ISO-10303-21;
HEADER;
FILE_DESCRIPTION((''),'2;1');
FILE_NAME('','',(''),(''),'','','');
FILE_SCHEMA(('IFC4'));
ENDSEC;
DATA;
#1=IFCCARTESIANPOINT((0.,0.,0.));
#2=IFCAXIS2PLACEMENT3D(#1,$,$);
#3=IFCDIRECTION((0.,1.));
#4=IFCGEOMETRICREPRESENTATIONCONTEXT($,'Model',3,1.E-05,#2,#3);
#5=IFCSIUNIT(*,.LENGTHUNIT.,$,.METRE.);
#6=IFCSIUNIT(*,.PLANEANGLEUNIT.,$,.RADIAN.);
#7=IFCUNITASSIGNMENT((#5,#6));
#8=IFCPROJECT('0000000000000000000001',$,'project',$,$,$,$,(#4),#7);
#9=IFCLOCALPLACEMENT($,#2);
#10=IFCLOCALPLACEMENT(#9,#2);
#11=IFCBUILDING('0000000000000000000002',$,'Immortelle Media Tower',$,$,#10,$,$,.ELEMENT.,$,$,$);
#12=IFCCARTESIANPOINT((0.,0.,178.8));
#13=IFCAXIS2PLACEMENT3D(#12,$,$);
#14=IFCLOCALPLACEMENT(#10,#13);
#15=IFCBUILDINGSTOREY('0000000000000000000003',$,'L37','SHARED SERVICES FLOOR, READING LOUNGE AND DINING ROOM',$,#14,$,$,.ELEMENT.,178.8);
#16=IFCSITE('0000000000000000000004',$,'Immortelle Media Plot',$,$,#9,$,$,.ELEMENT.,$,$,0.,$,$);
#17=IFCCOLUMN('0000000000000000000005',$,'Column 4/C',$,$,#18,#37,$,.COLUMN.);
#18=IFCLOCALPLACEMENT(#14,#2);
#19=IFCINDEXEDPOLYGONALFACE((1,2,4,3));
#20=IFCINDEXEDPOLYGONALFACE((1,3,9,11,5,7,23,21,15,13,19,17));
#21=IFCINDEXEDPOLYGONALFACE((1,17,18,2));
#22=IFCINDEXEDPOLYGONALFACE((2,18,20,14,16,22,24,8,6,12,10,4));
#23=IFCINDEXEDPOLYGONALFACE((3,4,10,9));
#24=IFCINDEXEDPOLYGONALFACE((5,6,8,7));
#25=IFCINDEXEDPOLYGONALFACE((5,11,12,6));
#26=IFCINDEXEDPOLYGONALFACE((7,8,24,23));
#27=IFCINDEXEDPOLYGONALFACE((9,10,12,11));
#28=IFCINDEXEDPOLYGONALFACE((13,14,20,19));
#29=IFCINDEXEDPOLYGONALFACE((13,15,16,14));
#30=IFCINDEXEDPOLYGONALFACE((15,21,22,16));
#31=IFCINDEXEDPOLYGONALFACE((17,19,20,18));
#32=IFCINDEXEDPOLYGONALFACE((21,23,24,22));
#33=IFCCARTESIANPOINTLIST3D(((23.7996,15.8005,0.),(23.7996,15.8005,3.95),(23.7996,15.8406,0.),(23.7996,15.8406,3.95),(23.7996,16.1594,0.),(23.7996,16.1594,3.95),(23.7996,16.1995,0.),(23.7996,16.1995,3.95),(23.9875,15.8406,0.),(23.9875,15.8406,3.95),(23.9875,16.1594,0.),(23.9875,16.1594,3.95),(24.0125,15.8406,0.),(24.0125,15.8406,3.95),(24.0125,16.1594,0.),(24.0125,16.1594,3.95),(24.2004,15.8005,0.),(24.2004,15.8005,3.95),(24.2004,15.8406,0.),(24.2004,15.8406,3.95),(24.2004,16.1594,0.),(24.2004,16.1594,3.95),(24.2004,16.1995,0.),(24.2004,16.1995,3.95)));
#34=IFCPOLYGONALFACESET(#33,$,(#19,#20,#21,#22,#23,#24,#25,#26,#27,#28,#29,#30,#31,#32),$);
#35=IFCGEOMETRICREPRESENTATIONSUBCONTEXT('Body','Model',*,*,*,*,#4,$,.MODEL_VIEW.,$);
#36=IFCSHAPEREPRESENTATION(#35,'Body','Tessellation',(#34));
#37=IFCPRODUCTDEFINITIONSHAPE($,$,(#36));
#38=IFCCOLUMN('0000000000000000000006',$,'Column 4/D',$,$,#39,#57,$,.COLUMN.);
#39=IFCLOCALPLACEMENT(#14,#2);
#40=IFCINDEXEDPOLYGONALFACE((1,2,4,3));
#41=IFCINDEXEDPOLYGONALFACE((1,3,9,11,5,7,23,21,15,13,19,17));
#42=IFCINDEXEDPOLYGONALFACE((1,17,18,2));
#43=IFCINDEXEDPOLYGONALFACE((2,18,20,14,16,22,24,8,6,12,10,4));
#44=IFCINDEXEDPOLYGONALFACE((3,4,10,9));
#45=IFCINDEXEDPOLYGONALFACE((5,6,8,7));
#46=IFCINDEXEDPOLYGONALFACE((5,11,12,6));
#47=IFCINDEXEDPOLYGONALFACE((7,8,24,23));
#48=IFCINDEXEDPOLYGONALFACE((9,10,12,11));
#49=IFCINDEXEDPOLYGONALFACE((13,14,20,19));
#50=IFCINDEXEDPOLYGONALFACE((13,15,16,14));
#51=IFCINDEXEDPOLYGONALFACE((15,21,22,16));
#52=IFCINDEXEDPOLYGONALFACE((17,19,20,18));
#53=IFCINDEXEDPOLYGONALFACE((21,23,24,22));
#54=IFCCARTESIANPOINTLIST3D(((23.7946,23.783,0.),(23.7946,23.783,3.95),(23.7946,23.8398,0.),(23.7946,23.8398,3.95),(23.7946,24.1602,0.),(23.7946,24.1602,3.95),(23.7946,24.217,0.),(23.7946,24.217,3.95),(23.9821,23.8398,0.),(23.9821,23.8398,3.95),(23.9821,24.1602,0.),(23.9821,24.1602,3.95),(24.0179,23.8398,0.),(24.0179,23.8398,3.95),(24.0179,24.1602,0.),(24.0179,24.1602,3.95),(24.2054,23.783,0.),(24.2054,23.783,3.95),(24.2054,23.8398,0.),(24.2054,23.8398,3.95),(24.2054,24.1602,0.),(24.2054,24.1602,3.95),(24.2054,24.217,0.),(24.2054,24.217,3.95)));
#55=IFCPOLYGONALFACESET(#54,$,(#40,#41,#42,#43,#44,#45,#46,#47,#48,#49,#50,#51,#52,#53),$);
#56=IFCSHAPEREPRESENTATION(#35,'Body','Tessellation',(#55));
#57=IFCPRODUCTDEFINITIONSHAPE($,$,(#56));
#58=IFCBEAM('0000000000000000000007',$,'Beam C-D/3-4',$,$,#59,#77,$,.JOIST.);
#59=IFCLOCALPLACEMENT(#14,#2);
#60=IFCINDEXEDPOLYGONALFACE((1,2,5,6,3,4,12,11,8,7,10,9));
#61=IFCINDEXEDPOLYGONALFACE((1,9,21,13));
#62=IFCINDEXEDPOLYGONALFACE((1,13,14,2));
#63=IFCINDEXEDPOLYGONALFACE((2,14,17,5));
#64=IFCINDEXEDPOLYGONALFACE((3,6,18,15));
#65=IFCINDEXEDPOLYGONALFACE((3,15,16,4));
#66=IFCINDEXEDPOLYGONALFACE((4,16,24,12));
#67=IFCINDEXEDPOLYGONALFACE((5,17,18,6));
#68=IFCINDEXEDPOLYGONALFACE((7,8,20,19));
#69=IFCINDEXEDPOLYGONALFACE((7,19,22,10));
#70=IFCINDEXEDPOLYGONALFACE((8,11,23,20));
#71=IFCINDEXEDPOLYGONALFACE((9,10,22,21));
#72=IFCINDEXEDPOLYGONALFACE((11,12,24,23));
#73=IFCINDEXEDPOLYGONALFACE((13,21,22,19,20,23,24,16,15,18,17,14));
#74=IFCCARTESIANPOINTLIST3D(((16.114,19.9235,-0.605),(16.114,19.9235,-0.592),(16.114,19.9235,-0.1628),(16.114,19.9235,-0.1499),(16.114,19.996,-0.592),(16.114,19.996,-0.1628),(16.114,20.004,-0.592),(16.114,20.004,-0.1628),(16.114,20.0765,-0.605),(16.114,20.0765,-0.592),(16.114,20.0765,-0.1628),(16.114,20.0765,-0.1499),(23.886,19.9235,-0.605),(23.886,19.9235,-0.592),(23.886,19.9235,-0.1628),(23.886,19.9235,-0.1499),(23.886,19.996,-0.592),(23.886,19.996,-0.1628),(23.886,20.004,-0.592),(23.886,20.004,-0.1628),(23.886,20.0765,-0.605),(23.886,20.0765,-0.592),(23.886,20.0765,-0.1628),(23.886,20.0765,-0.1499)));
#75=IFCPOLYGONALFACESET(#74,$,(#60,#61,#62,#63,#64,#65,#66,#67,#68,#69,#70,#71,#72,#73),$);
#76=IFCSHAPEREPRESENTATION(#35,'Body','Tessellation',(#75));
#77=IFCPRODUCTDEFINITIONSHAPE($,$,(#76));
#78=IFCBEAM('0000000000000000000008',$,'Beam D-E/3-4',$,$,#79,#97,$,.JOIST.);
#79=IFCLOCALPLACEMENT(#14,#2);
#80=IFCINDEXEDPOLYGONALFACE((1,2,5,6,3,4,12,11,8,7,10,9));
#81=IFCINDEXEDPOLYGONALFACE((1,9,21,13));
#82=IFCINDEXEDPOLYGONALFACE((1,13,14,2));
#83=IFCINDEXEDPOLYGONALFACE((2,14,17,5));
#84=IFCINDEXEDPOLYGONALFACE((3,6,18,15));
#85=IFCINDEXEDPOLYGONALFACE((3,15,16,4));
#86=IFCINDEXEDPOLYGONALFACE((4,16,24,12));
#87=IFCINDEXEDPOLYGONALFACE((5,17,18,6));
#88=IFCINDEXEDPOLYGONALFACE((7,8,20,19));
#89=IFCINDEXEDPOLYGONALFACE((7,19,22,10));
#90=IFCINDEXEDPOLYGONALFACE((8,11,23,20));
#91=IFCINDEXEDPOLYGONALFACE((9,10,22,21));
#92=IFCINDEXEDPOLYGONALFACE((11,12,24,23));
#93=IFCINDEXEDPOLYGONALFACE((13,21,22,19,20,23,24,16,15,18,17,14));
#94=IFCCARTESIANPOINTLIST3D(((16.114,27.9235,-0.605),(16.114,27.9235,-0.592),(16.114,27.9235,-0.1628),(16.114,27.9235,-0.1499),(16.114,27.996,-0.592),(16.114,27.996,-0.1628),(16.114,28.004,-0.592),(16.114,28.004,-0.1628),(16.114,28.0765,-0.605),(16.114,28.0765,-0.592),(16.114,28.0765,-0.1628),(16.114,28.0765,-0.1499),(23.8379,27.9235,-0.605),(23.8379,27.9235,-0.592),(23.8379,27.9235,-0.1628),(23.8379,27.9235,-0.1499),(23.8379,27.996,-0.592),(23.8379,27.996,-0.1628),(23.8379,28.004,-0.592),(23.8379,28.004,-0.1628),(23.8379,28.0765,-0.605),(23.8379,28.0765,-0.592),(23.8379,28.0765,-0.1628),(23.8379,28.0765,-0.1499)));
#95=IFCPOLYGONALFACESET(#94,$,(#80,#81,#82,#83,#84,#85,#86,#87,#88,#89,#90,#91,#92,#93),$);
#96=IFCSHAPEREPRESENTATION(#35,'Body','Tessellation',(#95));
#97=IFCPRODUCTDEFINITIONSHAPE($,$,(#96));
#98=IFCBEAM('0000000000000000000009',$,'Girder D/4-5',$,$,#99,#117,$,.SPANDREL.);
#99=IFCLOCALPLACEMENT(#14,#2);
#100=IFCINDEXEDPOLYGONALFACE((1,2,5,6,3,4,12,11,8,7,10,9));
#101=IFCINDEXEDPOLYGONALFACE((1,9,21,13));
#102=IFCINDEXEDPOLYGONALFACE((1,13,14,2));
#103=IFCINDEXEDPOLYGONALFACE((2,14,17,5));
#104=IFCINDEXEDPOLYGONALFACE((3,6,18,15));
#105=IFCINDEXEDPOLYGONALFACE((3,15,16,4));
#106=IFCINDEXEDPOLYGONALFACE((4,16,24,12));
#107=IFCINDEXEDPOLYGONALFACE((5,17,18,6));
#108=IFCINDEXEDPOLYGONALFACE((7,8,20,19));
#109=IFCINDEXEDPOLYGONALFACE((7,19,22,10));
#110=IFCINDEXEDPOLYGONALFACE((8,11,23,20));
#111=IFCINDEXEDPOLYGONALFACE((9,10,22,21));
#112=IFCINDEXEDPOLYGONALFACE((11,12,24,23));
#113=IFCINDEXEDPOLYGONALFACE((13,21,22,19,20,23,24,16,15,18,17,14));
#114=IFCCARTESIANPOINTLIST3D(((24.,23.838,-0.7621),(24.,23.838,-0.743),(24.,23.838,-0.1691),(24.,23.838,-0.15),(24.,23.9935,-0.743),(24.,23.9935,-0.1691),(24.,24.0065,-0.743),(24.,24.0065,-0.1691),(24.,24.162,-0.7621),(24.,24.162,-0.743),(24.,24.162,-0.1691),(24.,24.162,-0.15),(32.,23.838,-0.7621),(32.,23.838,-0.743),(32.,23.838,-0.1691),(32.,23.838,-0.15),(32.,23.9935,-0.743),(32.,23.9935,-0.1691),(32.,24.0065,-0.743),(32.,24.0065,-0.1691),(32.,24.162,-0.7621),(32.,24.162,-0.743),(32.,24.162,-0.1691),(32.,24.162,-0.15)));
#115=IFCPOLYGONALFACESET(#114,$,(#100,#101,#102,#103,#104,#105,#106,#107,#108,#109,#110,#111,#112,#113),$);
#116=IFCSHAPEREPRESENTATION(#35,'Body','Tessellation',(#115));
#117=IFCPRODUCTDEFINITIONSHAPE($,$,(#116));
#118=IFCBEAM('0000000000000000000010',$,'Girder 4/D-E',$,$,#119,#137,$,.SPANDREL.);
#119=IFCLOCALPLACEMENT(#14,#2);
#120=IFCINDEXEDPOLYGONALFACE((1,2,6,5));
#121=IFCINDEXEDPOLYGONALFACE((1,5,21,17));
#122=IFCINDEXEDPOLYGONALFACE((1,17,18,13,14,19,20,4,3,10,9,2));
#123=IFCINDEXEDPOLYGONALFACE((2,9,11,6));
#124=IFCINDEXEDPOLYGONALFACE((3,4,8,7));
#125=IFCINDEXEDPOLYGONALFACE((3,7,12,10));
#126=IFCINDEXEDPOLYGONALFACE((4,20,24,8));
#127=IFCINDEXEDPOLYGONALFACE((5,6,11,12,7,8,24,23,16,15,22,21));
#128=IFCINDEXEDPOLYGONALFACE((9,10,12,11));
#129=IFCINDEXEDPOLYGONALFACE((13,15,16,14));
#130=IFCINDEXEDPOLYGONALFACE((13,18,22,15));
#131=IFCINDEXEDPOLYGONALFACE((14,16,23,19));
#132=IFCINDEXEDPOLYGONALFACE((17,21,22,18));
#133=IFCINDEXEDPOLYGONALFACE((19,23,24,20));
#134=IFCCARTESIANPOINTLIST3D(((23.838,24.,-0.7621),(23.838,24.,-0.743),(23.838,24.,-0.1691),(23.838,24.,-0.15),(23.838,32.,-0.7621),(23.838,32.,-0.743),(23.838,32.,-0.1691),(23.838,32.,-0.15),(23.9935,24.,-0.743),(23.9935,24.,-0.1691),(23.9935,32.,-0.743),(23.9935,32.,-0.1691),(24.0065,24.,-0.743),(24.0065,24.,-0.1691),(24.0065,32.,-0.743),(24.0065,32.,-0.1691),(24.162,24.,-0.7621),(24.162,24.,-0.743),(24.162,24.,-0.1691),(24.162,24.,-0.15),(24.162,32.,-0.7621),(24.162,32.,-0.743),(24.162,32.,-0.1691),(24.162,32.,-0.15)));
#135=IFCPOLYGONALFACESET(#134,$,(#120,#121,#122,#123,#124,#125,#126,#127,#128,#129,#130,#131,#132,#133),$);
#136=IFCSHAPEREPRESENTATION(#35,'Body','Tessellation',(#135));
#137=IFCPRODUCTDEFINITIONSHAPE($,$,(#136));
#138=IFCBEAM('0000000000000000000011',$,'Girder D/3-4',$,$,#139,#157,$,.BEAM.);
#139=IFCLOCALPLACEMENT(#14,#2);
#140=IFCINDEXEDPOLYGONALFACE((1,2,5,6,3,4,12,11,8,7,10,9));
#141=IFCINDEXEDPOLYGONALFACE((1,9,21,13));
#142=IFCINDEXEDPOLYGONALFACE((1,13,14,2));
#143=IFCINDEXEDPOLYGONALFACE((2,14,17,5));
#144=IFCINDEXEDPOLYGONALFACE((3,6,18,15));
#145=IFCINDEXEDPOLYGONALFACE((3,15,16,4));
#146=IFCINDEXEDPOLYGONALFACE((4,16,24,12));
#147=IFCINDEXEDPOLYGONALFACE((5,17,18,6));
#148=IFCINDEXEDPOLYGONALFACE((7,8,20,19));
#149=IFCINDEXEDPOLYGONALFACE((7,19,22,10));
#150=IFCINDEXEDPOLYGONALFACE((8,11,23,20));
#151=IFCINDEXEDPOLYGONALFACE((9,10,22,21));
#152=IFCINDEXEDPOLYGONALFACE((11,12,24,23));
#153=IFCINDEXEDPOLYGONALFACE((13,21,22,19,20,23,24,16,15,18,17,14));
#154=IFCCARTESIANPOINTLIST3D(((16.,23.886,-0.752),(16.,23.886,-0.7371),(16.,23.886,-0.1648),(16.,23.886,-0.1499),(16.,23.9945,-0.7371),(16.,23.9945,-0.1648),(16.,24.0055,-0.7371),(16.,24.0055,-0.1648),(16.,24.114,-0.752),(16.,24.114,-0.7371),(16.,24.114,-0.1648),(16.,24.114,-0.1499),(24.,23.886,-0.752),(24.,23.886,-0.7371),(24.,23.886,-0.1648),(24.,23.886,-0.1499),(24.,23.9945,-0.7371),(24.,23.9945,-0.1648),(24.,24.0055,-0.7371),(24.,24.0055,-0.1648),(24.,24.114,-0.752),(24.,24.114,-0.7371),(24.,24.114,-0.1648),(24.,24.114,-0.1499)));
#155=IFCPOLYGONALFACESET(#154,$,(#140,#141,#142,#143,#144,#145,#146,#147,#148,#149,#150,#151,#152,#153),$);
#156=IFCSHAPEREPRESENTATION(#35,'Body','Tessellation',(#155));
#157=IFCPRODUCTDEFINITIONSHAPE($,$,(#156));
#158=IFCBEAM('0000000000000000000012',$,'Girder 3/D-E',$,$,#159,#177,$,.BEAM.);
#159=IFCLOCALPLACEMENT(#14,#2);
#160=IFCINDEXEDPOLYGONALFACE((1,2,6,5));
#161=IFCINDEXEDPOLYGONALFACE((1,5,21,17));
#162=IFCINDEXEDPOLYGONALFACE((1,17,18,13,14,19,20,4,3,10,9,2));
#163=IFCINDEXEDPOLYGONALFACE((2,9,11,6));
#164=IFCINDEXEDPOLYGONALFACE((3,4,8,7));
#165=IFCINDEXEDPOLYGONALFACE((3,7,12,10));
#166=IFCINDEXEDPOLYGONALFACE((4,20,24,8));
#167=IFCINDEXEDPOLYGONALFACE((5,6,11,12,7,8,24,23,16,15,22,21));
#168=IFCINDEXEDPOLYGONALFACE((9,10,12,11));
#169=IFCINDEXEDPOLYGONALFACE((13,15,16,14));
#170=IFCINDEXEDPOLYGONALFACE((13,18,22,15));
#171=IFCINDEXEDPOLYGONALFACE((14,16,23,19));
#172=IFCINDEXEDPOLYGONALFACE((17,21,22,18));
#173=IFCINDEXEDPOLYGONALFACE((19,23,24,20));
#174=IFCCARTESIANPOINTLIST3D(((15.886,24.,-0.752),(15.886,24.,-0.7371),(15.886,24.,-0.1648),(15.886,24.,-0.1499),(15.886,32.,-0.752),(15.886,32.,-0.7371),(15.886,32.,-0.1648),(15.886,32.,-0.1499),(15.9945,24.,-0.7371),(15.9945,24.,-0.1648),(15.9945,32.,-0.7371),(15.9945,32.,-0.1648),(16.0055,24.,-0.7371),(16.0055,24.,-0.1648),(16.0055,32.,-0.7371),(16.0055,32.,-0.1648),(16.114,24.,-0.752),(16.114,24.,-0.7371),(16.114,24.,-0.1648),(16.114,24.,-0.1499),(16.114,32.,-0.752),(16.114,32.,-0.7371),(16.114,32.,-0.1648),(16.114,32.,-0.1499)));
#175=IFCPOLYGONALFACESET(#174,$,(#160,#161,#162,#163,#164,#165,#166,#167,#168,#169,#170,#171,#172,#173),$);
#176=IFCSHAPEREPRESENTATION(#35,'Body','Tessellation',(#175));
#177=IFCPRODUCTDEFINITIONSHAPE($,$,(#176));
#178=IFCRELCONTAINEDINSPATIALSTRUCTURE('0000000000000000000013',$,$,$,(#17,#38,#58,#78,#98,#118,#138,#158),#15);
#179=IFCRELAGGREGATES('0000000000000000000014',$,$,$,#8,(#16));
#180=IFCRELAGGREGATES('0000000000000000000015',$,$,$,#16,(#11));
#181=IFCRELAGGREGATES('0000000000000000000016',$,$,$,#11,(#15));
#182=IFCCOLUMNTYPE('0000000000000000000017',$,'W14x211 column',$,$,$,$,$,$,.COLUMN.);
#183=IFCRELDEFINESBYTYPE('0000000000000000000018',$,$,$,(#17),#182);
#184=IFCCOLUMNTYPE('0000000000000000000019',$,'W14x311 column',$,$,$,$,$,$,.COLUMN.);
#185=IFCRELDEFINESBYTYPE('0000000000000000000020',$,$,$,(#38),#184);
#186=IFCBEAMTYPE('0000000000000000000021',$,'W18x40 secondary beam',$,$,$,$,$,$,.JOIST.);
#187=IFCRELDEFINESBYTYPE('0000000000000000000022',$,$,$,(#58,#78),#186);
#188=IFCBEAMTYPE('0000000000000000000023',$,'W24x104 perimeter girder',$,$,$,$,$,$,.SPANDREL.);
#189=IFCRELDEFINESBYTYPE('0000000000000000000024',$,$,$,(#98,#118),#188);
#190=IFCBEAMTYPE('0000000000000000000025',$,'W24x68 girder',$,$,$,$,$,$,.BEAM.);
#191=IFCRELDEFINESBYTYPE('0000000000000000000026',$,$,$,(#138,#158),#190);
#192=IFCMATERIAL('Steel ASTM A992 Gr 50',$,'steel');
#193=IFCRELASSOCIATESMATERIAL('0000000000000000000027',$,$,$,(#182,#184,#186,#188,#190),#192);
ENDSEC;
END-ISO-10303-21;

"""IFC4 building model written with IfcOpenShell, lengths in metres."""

from ifc_helpers import new_model, si_unit, direction, frame, origin, origin_2d, place, context, subcontext, project, spatial, i_section, extrude, material, material_profile, profile_set, type_object, element, save


model = new_model("IFC4")

# Units and contexts
model_context = context("Model", 3, precision=1e-05, world=origin(), true_north=direction((0.0, 1.0)))
body_context = subcontext(model_context, "Body", "Model", "MODEL_VIEW")
ifc_project = project(units=[si_unit("LENGTHUNIT", "METRE"), si_unit("PLANEANGLEUNIT", "RADIAN")], contexts=[model_context])

# Site, building, storey
site_placement = place(None, origin())
site = spatial("IfcSite", under=ifc_project, at=site_placement, Name="Immortelle Media Plot", CompositionType="ELEMENT", RefElevation=0.0)
building_placement = place(site_placement, origin())
building = spatial("IfcBuilding", under=site, at=building_placement, Name="Immortelle Media Tower", CompositionType="ELEMENT")
storey_placement = place(building_placement, frame((0.0, 0.0, 178.8)))
storey = spatial("IfcBuildingStorey", under=building, at=storey_placement, Name="L37", Description="SHARED SERVICES FLOOR, READING LOUNGE AND DINING ROOM", CompositionType="ELEMENT", Elevation=178.8)

# Columns
ifc_material_1 = material(Name="Steel ASTM A992 Gr 50", Category="steel")
ifc_material_profile_1 = material_profile(ifc_material_1, i_section(OverallWidth=0.4009, OverallDepth=0.3989, WebThickness=0.0249, FlangeThickness=0.04, at=origin_2d()), Name="W14x211")
ifc_profile_set_1 = profile_set([ifc_material_profile_1], Name="Steel ASTM A992 Gr 50")
column_type_1 = type_object("IfcColumnType", Name="W14x211 column", PredefinedType="COLUMN", material=ifc_profile_set_1)
column_1_placement = place(storey_placement, frame((24.0, 16.0, 0.0), z_axis=(0.0, 0.0, 1.0), x_axis=(1.0, 0.0, 0.0)))
element("IfcColumn", 1, at=column_1_placement, inside=storey, type_object=column_type_1, Name="Column 4/C", PredefinedType="COLUMN", context=body_context, shape_type="SweptSolid", body=[
    extrude(i_section(OverallWidth=0.4009, OverallDepth=0.3989, WebThickness=0.0249, FlangeThickness=0.04, at=origin_2d()), origin(), (0.0, 0.0, 1.0), 3.95),
])
ifc_material_profile_2 = material_profile(ifc_material_1, i_section(OverallWidth=0.4109, OverallDepth=0.4341, WebThickness=0.0359, FlangeThickness=0.0569, at=origin_2d()), Name="W14x311")
ifc_profile_set_2 = profile_set([ifc_material_profile_2], Name="Steel ASTM A992 Gr 50")
column_type_2 = type_object("IfcColumnType", Name="W14x311 column", PredefinedType="COLUMN", material=ifc_profile_set_2)
column_2_placement = place(storey_placement, frame((24.0, 24.0, 0.0), z_axis=(0.0, 0.0, 1.0), x_axis=(1.0, 0.0, 0.0)))
element("IfcColumn", 2, at=column_2_placement, inside=storey, type_object=column_type_2, Name="Column 4/D", PredefinedType="COLUMN", context=body_context, shape_type="SweptSolid", body=[
    extrude(i_section(OverallWidth=0.4109, OverallDepth=0.4341, WebThickness=0.0359, FlangeThickness=0.0569, at=origin_2d()), origin(), (0.0, 0.0, 1.0), 3.95),
])

# Beams
ifc_material_profile_3 = material_profile(ifc_material_1, i_section(OverallWidth=0.1531, OverallDepth=0.4551, WebThickness=0.0081, FlangeThickness=0.0129, at=origin_2d()), Name="W18x40")
ifc_profile_set_3 = profile_set([ifc_material_profile_3], Name="Steel ASTM A992 Gr 50")
beam_type_1 = type_object("IfcBeamType", Name="W18x40 secondary beam", PredefinedType="JOIST", material=ifc_profile_set_3)
beam_1_placement = place(storey_placement, frame((16.114, 20.0, -0.3774), z_axis=(1.0, 0.0, 0.0), x_axis=(0.0, 1.0, 0.0)))
element("IfcBeam", 3, at=beam_1_placement, inside=storey, type_object=beam_type_1, Name="Beam C-D/3-4", PredefinedType="JOIST", context=body_context, shape_type="SweptSolid", body=[
    extrude(i_section(OverallWidth=0.1531, OverallDepth=0.4551, WebThickness=0.0081, FlangeThickness=0.0129, at=origin_2d()), origin(), (0.0, 0.0, 1.0), 7.772),
])
beam_2_placement = place(storey_placement, frame((16.114, 28.0, -0.3774), z_axis=(1.0, 0.0, 0.0), x_axis=(0.0, 1.0, 0.0)))
element("IfcBeam", 4, at=beam_2_placement, inside=storey, type_object=beam_type_1, Name="Beam D-E/3-4", PredefinedType="JOIST", context=body_context, shape_type="SweptSolid", body=[
    extrude(i_section(OverallWidth=0.1531, OverallDepth=0.4551, WebThickness=0.0081, FlangeThickness=0.0129, at=origin_2d()), origin(), (0.0, 0.0, 1.0), 7.7239),
])
ifc_material_profile_4 = material_profile(ifc_material_1, i_section(OverallWidth=0.324, OverallDepth=0.6121, WebThickness=0.0129, FlangeThickness=0.019, at=origin_2d()), Name="W24x104")
ifc_profile_set_4 = profile_set([ifc_material_profile_4], Name="Steel ASTM A992 Gr 50")
beam_type_2 = type_object("IfcBeamType", Name="W24x104 perimeter girder", PredefinedType="SPANDREL", material=ifc_profile_set_4)
for number, where, z_axis, x_axis, name in (
    (5, (24.0, 24.0, -0.4561), (1.0, 0.0, 0.0), (0.0, 1.0, 0.0), "Girder D/4-5"),
    (6, (24.0, 24.0, -0.4561), (0.0, 1.0, 0.0), (-1.0, 0.0, 0.0), "Girder 4/D-E"),
):
    element("IfcBeam", number, at=place(storey_placement, frame(where, z_axis=z_axis, x_axis=x_axis)), inside=storey, type_object=beam_type_2, Name=name, PredefinedType="SPANDREL", context=body_context, shape_type="SweptSolid", body=[
        extrude(i_section(OverallWidth=0.324, OverallDepth=0.6121, WebThickness=0.0129, FlangeThickness=0.019, at=origin_2d()), origin(), (0.0, 0.0, 1.0), 8.0),
    ])
ifc_material_profile_5 = material_profile(ifc_material_1, i_section(OverallWidth=0.228, OverallDepth=0.6021, WebThickness=0.011, FlangeThickness=0.0149, at=origin_2d()), Name="W24x68")
ifc_profile_set_5 = profile_set([ifc_material_profile_5], Name="Steel ASTM A992 Gr 50")
beam_type_3 = type_object("IfcBeamType", Name="W24x68 girder", PredefinedType="BEAM", material=ifc_profile_set_5)
for number, where, z_axis, x_axis, name in (
    (7, (16.0, 24.0, -0.4509), (1.0, 0.0, 0.0), (0.0, 1.0, 0.0), "Girder D/3-4"),
    (8, (16.0, 24.0, -0.4509), (0.0, 1.0, 0.0), (-1.0, 0.0, 0.0), "Girder 3/D-E"),
):
    element("IfcBeam", number, at=place(storey_placement, frame(where, z_axis=z_axis, x_axis=x_axis)), inside=storey, type_object=beam_type_3, Name=name, PredefinedType="BEAM", context=body_context, shape_type="SweptSolid", body=[
        extrude(i_section(OverallWidth=0.228, OverallDepth=0.6021, WebThickness=0.011, FlangeThickness=0.0149, at=origin_2d()), origin(), (0.0, 0.0, 1.0), 8.0),
    ])

save(model, "model.ifc")
